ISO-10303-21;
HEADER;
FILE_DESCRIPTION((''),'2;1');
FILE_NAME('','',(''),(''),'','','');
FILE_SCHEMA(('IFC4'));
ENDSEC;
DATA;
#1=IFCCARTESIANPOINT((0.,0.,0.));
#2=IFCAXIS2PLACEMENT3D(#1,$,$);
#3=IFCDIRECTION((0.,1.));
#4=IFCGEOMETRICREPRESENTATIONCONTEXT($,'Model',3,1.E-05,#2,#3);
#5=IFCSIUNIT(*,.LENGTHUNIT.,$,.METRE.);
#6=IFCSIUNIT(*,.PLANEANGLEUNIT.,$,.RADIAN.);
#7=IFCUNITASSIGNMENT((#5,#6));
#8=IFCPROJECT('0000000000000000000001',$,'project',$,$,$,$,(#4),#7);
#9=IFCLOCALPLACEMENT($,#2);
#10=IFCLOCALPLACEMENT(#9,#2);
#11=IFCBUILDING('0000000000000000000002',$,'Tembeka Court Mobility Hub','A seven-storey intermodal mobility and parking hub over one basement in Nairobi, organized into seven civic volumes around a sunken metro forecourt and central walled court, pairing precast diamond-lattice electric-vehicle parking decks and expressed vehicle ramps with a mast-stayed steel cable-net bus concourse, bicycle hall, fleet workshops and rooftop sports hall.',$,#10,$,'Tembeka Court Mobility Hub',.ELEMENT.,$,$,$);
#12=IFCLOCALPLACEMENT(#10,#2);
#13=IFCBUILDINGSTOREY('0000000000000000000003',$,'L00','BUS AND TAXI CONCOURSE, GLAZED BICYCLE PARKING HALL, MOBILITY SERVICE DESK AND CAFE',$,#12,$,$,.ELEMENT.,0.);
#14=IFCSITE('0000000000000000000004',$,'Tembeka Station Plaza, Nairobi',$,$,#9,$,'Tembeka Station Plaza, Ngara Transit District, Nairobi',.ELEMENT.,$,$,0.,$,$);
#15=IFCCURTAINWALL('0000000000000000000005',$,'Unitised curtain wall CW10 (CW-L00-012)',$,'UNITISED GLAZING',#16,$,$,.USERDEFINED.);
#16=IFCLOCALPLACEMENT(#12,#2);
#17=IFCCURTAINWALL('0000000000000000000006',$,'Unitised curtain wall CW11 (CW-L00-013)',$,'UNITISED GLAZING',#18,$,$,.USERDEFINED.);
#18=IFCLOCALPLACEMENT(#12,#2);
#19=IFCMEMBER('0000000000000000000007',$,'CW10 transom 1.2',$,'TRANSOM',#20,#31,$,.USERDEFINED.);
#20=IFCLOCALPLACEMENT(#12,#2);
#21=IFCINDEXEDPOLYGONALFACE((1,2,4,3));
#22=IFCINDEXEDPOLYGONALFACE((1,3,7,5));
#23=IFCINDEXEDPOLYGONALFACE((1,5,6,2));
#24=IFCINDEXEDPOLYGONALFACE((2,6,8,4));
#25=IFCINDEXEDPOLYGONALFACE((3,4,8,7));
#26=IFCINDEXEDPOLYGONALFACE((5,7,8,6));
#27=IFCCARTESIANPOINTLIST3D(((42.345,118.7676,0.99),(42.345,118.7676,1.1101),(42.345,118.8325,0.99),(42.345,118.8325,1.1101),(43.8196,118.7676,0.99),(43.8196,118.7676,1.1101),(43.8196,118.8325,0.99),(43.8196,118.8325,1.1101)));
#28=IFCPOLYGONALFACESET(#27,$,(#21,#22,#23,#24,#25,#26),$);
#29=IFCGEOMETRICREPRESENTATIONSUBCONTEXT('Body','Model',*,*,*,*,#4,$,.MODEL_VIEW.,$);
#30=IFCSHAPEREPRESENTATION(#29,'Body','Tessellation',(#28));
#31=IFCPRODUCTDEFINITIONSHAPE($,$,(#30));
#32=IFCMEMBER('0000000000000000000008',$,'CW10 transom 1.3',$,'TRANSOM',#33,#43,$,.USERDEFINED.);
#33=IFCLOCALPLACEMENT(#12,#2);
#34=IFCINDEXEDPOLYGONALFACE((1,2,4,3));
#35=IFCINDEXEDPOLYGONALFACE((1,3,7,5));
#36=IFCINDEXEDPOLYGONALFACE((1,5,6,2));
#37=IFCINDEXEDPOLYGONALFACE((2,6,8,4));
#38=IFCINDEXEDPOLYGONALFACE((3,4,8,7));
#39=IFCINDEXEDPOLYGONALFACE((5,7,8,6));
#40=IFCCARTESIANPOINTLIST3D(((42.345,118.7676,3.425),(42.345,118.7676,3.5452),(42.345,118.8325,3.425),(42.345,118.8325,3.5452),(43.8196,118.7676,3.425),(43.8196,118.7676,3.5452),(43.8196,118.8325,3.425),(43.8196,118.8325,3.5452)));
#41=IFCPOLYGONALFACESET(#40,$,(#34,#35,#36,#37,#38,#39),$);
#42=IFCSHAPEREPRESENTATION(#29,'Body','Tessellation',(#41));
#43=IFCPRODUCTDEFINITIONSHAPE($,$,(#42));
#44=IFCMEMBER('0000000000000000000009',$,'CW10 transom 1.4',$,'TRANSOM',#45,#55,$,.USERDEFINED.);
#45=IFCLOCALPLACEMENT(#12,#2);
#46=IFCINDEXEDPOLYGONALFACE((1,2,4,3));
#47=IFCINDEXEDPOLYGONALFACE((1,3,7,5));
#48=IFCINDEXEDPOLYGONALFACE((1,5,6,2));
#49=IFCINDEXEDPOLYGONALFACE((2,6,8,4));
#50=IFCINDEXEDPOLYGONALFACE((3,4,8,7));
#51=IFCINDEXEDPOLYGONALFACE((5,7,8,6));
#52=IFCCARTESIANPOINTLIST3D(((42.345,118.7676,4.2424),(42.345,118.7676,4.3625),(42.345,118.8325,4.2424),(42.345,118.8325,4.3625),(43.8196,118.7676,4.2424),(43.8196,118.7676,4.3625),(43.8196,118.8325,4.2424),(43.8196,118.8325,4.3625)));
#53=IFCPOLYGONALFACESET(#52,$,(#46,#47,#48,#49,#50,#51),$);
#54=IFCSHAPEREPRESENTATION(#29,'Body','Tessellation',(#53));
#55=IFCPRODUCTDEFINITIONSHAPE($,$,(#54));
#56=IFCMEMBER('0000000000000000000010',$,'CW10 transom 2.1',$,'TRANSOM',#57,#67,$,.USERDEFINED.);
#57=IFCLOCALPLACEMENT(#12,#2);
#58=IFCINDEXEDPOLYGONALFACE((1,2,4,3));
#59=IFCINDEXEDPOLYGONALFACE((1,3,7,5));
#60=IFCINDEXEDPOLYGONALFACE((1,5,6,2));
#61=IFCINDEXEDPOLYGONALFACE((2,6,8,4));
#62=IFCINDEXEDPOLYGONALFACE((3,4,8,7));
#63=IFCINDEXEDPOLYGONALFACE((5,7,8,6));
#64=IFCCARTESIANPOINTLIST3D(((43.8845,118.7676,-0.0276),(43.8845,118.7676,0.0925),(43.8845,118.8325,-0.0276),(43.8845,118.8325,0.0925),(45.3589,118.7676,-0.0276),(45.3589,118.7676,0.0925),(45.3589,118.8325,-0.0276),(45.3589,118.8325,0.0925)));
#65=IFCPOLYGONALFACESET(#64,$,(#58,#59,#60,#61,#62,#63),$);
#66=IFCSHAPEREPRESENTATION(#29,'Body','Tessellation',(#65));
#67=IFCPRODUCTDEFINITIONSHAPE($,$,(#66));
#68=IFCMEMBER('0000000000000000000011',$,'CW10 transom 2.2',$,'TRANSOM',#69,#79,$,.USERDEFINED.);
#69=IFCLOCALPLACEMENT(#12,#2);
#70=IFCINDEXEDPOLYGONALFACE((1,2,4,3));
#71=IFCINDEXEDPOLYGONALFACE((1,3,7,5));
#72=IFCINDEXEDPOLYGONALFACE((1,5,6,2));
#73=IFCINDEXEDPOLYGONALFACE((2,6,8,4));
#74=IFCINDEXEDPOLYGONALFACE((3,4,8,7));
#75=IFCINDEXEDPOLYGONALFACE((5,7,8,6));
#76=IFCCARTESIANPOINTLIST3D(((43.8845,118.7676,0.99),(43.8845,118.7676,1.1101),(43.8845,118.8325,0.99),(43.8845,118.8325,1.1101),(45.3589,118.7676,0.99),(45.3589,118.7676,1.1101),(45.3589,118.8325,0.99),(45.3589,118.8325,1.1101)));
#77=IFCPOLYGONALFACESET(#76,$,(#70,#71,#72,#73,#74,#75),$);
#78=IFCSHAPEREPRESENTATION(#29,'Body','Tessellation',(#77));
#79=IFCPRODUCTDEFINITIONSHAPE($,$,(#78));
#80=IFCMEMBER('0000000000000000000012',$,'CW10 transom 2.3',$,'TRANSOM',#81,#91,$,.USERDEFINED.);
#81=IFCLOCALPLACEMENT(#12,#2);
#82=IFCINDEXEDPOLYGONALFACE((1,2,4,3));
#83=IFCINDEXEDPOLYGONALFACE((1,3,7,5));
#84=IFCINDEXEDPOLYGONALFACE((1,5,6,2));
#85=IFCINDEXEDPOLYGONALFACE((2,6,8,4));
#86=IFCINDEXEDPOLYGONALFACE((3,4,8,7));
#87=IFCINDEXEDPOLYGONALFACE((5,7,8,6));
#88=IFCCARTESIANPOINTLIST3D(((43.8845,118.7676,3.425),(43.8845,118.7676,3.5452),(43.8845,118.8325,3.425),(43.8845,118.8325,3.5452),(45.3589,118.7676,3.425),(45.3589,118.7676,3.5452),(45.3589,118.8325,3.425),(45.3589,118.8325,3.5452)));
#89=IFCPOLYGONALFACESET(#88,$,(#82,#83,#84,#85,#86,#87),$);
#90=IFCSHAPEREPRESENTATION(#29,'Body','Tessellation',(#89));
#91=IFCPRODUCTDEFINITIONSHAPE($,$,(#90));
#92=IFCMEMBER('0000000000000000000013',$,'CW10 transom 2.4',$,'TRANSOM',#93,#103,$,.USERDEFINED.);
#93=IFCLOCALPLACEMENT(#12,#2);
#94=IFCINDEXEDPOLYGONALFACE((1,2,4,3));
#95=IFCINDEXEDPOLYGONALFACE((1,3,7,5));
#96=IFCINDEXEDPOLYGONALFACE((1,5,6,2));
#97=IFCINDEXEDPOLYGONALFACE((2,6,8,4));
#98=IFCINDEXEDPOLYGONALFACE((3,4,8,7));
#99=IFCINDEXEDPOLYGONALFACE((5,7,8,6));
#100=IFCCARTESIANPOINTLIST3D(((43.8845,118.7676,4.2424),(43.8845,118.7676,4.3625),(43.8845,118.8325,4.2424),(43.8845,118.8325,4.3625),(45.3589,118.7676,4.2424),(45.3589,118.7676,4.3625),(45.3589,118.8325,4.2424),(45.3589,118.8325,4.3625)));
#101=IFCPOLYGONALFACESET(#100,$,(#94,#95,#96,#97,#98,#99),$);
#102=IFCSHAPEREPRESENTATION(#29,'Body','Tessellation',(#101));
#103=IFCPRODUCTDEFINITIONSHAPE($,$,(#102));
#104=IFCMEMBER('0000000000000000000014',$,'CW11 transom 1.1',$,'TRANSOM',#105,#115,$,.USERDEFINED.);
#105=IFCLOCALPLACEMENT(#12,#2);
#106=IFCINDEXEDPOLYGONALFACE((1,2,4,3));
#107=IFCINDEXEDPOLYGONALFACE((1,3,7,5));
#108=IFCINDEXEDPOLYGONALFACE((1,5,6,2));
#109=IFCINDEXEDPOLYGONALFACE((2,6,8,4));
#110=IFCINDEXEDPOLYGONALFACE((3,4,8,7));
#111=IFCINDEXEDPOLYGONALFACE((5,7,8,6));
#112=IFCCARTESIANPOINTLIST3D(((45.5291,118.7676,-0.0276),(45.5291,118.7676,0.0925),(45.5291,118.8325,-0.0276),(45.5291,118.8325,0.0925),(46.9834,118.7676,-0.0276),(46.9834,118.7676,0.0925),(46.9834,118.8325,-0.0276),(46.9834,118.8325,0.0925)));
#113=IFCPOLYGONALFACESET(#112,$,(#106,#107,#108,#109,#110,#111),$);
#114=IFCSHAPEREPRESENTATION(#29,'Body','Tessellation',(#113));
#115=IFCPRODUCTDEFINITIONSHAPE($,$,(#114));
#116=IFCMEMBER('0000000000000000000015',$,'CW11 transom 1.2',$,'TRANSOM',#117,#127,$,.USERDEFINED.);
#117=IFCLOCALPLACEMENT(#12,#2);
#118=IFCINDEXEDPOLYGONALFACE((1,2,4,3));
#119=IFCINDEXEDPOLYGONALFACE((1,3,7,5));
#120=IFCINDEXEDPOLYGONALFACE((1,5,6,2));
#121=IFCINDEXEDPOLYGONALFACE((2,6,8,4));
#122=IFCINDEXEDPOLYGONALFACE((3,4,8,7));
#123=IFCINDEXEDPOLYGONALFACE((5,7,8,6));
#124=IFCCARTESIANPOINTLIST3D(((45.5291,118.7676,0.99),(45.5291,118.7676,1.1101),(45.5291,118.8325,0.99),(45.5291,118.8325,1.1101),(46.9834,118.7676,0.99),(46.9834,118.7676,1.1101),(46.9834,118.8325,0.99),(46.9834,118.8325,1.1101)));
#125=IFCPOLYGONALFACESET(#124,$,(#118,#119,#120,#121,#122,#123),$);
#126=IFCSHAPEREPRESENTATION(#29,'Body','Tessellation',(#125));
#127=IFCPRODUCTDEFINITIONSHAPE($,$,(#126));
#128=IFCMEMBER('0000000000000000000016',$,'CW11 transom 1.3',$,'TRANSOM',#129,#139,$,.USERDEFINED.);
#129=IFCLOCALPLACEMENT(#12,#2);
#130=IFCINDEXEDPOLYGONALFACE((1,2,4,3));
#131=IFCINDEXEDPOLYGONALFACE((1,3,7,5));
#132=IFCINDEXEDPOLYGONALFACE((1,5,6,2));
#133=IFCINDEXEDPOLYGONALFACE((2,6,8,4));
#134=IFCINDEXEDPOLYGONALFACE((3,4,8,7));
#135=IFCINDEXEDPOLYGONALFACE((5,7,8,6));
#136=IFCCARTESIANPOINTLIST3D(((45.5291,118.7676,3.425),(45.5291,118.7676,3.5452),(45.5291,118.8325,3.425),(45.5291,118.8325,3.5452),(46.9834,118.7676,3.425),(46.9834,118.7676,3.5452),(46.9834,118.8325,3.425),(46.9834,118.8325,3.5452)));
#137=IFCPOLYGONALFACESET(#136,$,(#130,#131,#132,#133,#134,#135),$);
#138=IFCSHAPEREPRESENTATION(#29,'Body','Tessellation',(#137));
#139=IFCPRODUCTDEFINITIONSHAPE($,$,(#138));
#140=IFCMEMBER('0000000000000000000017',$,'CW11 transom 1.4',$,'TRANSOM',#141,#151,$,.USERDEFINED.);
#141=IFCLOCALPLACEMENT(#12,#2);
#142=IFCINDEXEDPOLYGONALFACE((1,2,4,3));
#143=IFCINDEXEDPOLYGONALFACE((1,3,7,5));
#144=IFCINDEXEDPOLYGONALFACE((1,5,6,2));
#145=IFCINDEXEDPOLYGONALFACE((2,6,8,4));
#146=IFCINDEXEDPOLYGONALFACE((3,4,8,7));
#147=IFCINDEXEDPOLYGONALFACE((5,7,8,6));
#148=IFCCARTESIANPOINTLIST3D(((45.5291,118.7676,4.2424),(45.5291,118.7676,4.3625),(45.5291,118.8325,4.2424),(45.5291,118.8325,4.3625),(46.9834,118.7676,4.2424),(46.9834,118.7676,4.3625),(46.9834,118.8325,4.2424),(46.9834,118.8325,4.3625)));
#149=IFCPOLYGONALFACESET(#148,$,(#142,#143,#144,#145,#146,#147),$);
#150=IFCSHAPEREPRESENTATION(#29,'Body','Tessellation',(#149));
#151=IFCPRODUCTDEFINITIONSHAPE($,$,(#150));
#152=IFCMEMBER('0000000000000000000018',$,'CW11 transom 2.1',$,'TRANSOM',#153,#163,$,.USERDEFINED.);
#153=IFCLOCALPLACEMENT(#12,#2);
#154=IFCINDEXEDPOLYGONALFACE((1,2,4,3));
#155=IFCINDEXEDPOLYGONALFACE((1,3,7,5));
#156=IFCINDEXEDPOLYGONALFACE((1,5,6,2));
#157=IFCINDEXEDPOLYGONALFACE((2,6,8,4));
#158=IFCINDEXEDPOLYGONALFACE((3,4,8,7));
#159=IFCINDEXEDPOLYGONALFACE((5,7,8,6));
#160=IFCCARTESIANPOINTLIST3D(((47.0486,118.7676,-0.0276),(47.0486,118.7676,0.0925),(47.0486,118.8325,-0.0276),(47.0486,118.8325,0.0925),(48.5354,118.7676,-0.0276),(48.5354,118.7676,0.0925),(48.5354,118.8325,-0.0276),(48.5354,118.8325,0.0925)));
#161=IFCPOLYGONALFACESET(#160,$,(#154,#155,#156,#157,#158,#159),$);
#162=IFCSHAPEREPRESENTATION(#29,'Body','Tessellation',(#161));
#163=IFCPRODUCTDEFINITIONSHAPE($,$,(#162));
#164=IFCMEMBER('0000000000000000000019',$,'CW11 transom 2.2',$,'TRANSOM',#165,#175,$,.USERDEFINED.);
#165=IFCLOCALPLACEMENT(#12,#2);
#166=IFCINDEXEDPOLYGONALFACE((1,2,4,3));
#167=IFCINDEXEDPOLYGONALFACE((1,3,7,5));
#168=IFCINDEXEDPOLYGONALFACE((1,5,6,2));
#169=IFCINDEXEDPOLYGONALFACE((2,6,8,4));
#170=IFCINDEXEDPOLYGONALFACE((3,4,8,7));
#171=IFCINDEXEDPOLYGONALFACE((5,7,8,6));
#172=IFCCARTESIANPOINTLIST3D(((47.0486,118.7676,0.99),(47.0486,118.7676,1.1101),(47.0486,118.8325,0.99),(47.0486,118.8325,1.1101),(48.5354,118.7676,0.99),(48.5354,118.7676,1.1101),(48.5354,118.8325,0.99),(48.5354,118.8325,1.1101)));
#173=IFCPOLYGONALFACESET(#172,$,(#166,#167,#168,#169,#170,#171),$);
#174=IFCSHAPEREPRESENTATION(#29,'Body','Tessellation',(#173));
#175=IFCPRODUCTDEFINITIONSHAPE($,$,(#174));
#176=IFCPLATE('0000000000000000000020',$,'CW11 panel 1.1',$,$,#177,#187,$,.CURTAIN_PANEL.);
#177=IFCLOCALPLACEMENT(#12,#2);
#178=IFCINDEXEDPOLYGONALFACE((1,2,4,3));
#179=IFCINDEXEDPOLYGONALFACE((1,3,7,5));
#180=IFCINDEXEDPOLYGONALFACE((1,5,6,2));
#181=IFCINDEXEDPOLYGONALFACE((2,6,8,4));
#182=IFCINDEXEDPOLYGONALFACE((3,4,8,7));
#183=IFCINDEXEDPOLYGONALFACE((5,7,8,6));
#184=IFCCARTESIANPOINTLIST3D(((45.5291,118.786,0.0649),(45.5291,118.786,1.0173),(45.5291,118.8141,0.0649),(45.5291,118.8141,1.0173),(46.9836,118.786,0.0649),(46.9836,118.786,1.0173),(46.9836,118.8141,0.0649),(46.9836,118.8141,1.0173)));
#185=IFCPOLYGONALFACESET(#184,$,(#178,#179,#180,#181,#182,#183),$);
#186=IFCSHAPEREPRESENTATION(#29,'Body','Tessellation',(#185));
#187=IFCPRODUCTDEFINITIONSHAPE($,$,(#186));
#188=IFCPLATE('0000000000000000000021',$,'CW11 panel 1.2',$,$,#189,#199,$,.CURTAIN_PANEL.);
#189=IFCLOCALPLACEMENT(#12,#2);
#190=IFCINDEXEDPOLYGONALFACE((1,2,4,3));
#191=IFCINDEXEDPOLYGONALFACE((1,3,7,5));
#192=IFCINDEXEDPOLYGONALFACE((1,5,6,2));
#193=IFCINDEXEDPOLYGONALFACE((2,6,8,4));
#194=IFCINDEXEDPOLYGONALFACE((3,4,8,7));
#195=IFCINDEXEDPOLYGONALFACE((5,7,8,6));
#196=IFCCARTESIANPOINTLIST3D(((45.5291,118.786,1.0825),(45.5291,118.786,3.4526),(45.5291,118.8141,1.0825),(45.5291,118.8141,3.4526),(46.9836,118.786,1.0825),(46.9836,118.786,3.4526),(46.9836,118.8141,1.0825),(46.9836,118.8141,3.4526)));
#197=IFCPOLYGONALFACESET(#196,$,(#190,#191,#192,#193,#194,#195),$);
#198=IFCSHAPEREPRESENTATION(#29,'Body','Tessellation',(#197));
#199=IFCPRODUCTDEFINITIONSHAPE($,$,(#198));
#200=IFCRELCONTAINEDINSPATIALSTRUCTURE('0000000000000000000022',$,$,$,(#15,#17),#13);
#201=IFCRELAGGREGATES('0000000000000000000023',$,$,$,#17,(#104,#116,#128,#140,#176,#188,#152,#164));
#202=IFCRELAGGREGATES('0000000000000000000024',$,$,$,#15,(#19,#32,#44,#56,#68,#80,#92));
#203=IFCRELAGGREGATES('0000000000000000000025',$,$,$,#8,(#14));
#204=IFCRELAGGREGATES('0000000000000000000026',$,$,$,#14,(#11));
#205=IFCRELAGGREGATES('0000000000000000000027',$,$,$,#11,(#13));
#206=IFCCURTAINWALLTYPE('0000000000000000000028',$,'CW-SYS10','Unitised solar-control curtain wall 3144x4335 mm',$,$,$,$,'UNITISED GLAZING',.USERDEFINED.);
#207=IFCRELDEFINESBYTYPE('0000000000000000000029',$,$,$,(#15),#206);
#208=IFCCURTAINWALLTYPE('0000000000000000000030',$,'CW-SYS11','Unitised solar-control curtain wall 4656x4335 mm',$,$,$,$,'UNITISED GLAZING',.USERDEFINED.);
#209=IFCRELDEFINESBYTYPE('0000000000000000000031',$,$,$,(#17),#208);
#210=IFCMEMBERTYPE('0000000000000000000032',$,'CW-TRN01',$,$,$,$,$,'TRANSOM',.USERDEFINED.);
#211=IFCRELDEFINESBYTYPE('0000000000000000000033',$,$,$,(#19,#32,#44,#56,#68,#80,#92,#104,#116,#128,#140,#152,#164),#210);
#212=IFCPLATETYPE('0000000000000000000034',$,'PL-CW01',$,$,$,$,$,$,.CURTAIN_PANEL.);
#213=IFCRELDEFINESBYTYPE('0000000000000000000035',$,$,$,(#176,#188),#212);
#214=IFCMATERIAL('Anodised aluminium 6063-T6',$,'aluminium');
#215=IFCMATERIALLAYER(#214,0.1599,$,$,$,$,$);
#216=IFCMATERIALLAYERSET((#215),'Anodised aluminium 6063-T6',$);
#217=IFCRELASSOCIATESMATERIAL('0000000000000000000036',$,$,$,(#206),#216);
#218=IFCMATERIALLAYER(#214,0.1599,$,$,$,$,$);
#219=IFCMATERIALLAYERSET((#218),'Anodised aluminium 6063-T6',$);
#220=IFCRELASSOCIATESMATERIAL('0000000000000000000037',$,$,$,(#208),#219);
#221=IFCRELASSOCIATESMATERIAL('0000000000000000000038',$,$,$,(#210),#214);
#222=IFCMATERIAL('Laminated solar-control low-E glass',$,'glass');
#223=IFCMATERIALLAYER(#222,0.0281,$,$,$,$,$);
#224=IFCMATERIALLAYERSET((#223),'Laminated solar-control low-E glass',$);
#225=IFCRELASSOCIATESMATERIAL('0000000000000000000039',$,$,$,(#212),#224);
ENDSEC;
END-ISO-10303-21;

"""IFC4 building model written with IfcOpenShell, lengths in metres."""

from ifc_helpers import new_model, si_unit, direction, frame, origin, origin_2d, place, context, subcontext, project, spatial, rectangle, extrude, material, layer, layer_set, material_profile, profile_set, type_object, element, aggregate, save


model = new_model("IFC4")

# Units and contexts
model_context = context("Model", 3, precision=1e-05, world=origin(), true_north=direction((0.0, 1.0)))
body_context = subcontext(model_context, "Body", "Model", "MODEL_VIEW")
ifc_project = project(units=[si_unit("LENGTHUNIT", "METRE"), si_unit("PLANEANGLEUNIT", "RADIAN")], contexts=[model_context])

# Site, building, storey
site_placement = place(None, origin())
site = spatial("IfcSite", under=ifc_project, at=site_placement, Name="Tembeka Station Plaza, Nairobi", LongName="Tembeka Station Plaza, Ngara Transit District, Nairobi", CompositionType="ELEMENT", RefElevation=0.0)
building_placement = place(site_placement, origin())
building = spatial("IfcBuilding", under=site, at=building_placement, Name="Tembeka Court Mobility Hub", Description="A seven-storey intermodal mobility and parking hub over one basement in Nairobi, organized into seven civic volumes around a sunken metro forecourt and central walled court, pairing precast diamond-lattice electric-vehicle parking decks and expressed vehicle ramps with a mast-stayed steel cable-net bus concourse, bicycle hall, fleet workshops and rooftop sports hall.", LongName="Tembeka Court Mobility Hub", CompositionType="ELEMENT")
storey_placement = place(building_placement, origin())
storey = spatial("IfcBuildingStorey", under=building, at=storey_placement, Name="L00", Description="BUS AND TAXI CONCOURSE, GLAZED BICYCLE PARKING HALL, MOBILITY SERVICE DESK AND CAFE", CompositionType="ELEMENT", Elevation=0.0)

# Curtain walls
ifc_material_1 = material(Name="Anodised aluminium 6063-T6", Category="aluminium")
ifc_layer_1 = layer(ifc_material_1, 0.1599)
ifc_layer_set_1 = layer_set([ifc_layer_1], Name="Anodised aluminium 6063-T6")
curtain_wall_type_1 = type_object("IfcCurtainWallType", Name="CW-SYS10", Description="Unitised solar-control curtain wall 3144x4335 mm", ElementType="UNITISED GLAZING", PredefinedType="USERDEFINED", material=ifc_layer_set_1)
curtain_wall_1_placement = place(storey_placement, origin())
curtain_wall_1 = element("IfcCurtainWall", 1, at=curtain_wall_1_placement, inside=storey, type_object=curtain_wall_type_1, Name="Unitised curtain wall CW10 (CW-L00-012)", ObjectType="UNITISED GLAZING", PredefinedType="USERDEFINED")
ifc_layer_2 = layer(ifc_material_1, 0.1599)
ifc_layer_set_2 = layer_set([ifc_layer_2], Name="Anodised aluminium 6063-T6")
curtain_wall_type_2 = type_object("IfcCurtainWallType", Name="CW-SYS11", Description="Unitised solar-control curtain wall 4656x4335 mm", ElementType="UNITISED GLAZING", PredefinedType="USERDEFINED", material=ifc_layer_set_2)
curtain_wall_2_placement = place(storey_placement, origin())
curtain_wall_2 = element("IfcCurtainWall", 2, at=curtain_wall_2_placement, inside=storey, type_object=curtain_wall_type_2, Name="Unitised curtain wall CW11 (CW-L00-013)", ObjectType="UNITISED GLAZING", PredefinedType="USERDEFINED")

# Members
ifc_material_profile_1 = material_profile(ifc_material_1, rectangle(XDim=0.0649, YDim=0.1201, at=origin_2d()), Name="ALU-TRN 65x120")
ifc_profile_set_1 = profile_set([ifc_material_profile_1], Name="Anodised aluminium 6063-T6")
member_type_1 = type_object("IfcMemberType", Name="CW-TRN01", ElementType="TRANSOM", PredefinedType="USERDEFINED", material=ifc_profile_set_1)
member_1_placement = place(storey_placement, frame((42.345, 118.8, 1.05), z_axis=(1.0, 0.0, 0.0), x_axis=(0.0, 1.0, 0.0)))
member_1 = element("IfcMember", 3, at=member_1_placement, type_object=member_type_1, Name="CW10 transom 1.2", ObjectType="TRANSOM", PredefinedType="USERDEFINED", context=body_context, shape_type="SweptSolid", body=[
    extrude(rectangle(XDim=0.0649, YDim=0.1201, at=origin_2d()), origin(), (0.0, 0.0, 1.0), 1.4746),
])
member_2_placement = place(storey_placement, frame((42.345, 118.8, 3.4851), z_axis=(1.0, 0.0, 0.0), x_axis=(0.0, 1.0, 0.0)))
member_2 = element("IfcMember", 4, at=member_2_placement, type_object=member_type_1, Name="CW10 transom 1.3", ObjectType="TRANSOM", PredefinedType="USERDEFINED", context=body_context, shape_type="SweptSolid", body=[
    extrude(rectangle(XDim=0.0649, YDim=0.1201, at=origin_2d()), origin(), (0.0, 0.0, 1.0), 1.4746),
])
member_3_placement = place(storey_placement, frame((42.345, 118.8, 4.3025), z_axis=(1.0, 0.0, 0.0), x_axis=(0.0, 1.0, 0.0)))
member_3 = element("IfcMember", 5, at=member_3_placement, type_object=member_type_1, Name="CW10 transom 1.4", ObjectType="TRANSOM", PredefinedType="USERDEFINED", context=body_context, shape_type="SweptSolid", body=[
    extrude(rectangle(XDim=0.0649, YDim=0.1201, at=origin_2d()), origin(), (0.0, 0.0, 1.0), 1.4746),
])
member_4_placement = place(storey_placement, frame((43.8845, 118.8, 0.0325), z_axis=(1.0, 0.0, 0.0), x_axis=(0.0, 1.0, 0.0)))
member_4 = element("IfcMember", 6, at=member_4_placement, type_object=member_type_1, Name="CW10 transom 2.1", ObjectType="TRANSOM", PredefinedType="USERDEFINED", context=body_context, shape_type="SweptSolid", body=[
    extrude(rectangle(XDim=0.0649, YDim=0.1201, at=origin_2d()), origin(), (0.0, 0.0, 1.0), 1.4744),
])
member_5_placement = place(storey_placement, frame((43.8845, 118.8, 1.05), z_axis=(1.0, 0.0, 0.0), x_axis=(0.0, 1.0, 0.0)))
member_5 = element("IfcMember", 7, at=member_5_placement, type_object=member_type_1, Name="CW10 transom 2.2", ObjectType="TRANSOM", PredefinedType="USERDEFINED", context=body_context, shape_type="SweptSolid", body=[
    extrude(rectangle(XDim=0.0649, YDim=0.1201, at=origin_2d()), origin(), (0.0, 0.0, 1.0), 1.4744),
])
member_6_placement = place(storey_placement, frame((43.8845, 118.8, 3.4851), z_axis=(1.0, 0.0, 0.0), x_axis=(0.0, 1.0, 0.0)))
member_6 = element("IfcMember", 8, at=member_6_placement, type_object=member_type_1, Name="CW10 transom 2.3", ObjectType="TRANSOM", PredefinedType="USERDEFINED", context=body_context, shape_type="SweptSolid", body=[
    extrude(rectangle(XDim=0.0649, YDim=0.1201, at=origin_2d()), origin(), (0.0, 0.0, 1.0), 1.4744),
])
member_7_placement = place(storey_placement, frame((43.8845, 118.8, 4.3025), z_axis=(1.0, 0.0, 0.0), x_axis=(0.0, 1.0, 0.0)))
member_7 = element("IfcMember", 9, at=member_7_placement, type_object=member_type_1, Name="CW10 transom 2.4", ObjectType="TRANSOM", PredefinedType="USERDEFINED", context=body_context, shape_type="SweptSolid", body=[
    extrude(rectangle(XDim=0.0649, YDim=0.1201, at=origin_2d()), origin(), (0.0, 0.0, 1.0), 1.4744),
])
member_8_placement = place(storey_placement, frame((45.5291, 118.8, 0.0325), z_axis=(1.0, 0.0, 0.0), x_axis=(0.0, 1.0, 0.0)))
member_8 = element("IfcMember", 10, at=member_8_placement, type_object=member_type_1, Name="CW11 transom 1.1", ObjectType="TRANSOM", PredefinedType="USERDEFINED", context=body_context, shape_type="SweptSolid", body=[
    extrude(rectangle(XDim=0.0649, YDim=0.1201, at=origin_2d()), origin(), (0.0, 0.0, 1.0), 1.4543),
])
member_9_placement = place(storey_placement, frame((45.5291, 118.8, 1.05), z_axis=(1.0, 0.0, 0.0), x_axis=(0.0, 1.0, 0.0)))
member_9 = element("IfcMember", 11, at=member_9_placement, type_object=member_type_1, Name="CW11 transom 1.2", ObjectType="TRANSOM", PredefinedType="USERDEFINED", context=body_context, shape_type="SweptSolid", body=[
    extrude(rectangle(XDim=0.0649, YDim=0.1201, at=origin_2d()), origin(), (0.0, 0.0, 1.0), 1.4543),
])
member_10_placement = place(storey_placement, frame((45.5291, 118.8, 3.4851), z_axis=(1.0, 0.0, 0.0), x_axis=(0.0, 1.0, 0.0)))
member_10 = element("IfcMember", 12, at=member_10_placement, type_object=member_type_1, Name="CW11 transom 1.3", ObjectType="TRANSOM", PredefinedType="USERDEFINED", context=body_context, shape_type="SweptSolid", body=[
    extrude(rectangle(XDim=0.0649, YDim=0.1201, at=origin_2d()), origin(), (0.0, 0.0, 1.0), 1.4543),
])
member_11_placement = place(storey_placement, frame((45.5291, 118.8, 4.3025), z_axis=(1.0, 0.0, 0.0), x_axis=(0.0, 1.0, 0.0)))
member_11 = element("IfcMember", 13, at=member_11_placement, type_object=member_type_1, Name="CW11 transom 1.4", ObjectType="TRANSOM", PredefinedType="USERDEFINED", context=body_context, shape_type="SweptSolid", body=[
    extrude(rectangle(XDim=0.0649, YDim=0.1201, at=origin_2d()), origin(), (0.0, 0.0, 1.0), 1.4543),
])
member_12_placement = place(storey_placement, frame((47.0486, 118.8, 0.0325), z_axis=(1.0, 0.0, 0.0), x_axis=(0.0, 1.0, 0.0)))
member_12 = element("IfcMember", 14, at=member_12_placement, type_object=member_type_1, Name="CW11 transom 2.1", ObjectType="TRANSOM", PredefinedType="USERDEFINED", context=body_context, shape_type="SweptSolid", body=[
    extrude(rectangle(XDim=0.0649, YDim=0.1201, at=origin_2d()), origin(), (0.0, 0.0, 1.0), 1.4868),
])
member_13_placement = place(storey_placement, frame((47.0486, 118.8, 1.05), z_axis=(1.0, 0.0, 0.0), x_axis=(0.0, 1.0, 0.0)))
member_13 = element("IfcMember", 15, at=member_13_placement, type_object=member_type_1, Name="CW11 transom 2.2", ObjectType="TRANSOM", PredefinedType="USERDEFINED", context=body_context, shape_type="SweptSolid", body=[
    extrude(rectangle(XDim=0.0649, YDim=0.1201, at=origin_2d()), origin(), (0.0, 0.0, 1.0), 1.4868),
])

# Plates
ifc_material_2 = material(Name="Laminated solar-control low-E glass", Category="glass")
ifc_layer_3 = layer(ifc_material_2, 0.0281)
ifc_layer_set_3 = layer_set([ifc_layer_3], Name="Laminated solar-control low-E glass")
plate_type_1 = type_object("IfcPlateType", Name="PL-CW01", PredefinedType="CURTAIN_PANEL", material=ifc_layer_set_3)
plate_1_placement = place(storey_placement, frame((46.2563, 118.8, 0.0649), z_axis=(0.0, 0.0, 1.0), x_axis=(1.0, 0.0, 0.0)))
plate_1 = element("IfcPlate", 16, at=plate_1_placement, type_object=plate_type_1, Name="CW11 panel 1.1", PredefinedType="CURTAIN_PANEL", context=body_context, shape_type="SweptSolid", body=[
    extrude(rectangle(XDim=1.4546, YDim=0.0281, at=origin_2d()), origin(), (0.0, 0.0, 1.0), 0.9524),
])
plate_2_placement = place(storey_placement, frame((46.2563, 118.8, 1.0825), z_axis=(0.0, 0.0, 1.0), x_axis=(1.0, 0.0, 0.0)))
plate_2 = element("IfcPlate", 17, at=plate_2_placement, type_object=plate_type_1, Name="CW11 panel 1.2", PredefinedType="CURTAIN_PANEL", context=body_context, shape_type="SweptSolid", body=[
    extrude(rectangle(XDim=1.4546, YDim=0.0281, at=origin_2d()), origin(), (0.0, 0.0, 1.0), 2.3701),
])
aggregate(curtain_wall_2, [member_8, member_9, member_10, member_11, plate_1, plate_2, member_12, member_13])
aggregate(curtain_wall_1, [member_1, member_2, member_3, member_4, member_5, member_6, member_7])

save(model, "model.ifc")
